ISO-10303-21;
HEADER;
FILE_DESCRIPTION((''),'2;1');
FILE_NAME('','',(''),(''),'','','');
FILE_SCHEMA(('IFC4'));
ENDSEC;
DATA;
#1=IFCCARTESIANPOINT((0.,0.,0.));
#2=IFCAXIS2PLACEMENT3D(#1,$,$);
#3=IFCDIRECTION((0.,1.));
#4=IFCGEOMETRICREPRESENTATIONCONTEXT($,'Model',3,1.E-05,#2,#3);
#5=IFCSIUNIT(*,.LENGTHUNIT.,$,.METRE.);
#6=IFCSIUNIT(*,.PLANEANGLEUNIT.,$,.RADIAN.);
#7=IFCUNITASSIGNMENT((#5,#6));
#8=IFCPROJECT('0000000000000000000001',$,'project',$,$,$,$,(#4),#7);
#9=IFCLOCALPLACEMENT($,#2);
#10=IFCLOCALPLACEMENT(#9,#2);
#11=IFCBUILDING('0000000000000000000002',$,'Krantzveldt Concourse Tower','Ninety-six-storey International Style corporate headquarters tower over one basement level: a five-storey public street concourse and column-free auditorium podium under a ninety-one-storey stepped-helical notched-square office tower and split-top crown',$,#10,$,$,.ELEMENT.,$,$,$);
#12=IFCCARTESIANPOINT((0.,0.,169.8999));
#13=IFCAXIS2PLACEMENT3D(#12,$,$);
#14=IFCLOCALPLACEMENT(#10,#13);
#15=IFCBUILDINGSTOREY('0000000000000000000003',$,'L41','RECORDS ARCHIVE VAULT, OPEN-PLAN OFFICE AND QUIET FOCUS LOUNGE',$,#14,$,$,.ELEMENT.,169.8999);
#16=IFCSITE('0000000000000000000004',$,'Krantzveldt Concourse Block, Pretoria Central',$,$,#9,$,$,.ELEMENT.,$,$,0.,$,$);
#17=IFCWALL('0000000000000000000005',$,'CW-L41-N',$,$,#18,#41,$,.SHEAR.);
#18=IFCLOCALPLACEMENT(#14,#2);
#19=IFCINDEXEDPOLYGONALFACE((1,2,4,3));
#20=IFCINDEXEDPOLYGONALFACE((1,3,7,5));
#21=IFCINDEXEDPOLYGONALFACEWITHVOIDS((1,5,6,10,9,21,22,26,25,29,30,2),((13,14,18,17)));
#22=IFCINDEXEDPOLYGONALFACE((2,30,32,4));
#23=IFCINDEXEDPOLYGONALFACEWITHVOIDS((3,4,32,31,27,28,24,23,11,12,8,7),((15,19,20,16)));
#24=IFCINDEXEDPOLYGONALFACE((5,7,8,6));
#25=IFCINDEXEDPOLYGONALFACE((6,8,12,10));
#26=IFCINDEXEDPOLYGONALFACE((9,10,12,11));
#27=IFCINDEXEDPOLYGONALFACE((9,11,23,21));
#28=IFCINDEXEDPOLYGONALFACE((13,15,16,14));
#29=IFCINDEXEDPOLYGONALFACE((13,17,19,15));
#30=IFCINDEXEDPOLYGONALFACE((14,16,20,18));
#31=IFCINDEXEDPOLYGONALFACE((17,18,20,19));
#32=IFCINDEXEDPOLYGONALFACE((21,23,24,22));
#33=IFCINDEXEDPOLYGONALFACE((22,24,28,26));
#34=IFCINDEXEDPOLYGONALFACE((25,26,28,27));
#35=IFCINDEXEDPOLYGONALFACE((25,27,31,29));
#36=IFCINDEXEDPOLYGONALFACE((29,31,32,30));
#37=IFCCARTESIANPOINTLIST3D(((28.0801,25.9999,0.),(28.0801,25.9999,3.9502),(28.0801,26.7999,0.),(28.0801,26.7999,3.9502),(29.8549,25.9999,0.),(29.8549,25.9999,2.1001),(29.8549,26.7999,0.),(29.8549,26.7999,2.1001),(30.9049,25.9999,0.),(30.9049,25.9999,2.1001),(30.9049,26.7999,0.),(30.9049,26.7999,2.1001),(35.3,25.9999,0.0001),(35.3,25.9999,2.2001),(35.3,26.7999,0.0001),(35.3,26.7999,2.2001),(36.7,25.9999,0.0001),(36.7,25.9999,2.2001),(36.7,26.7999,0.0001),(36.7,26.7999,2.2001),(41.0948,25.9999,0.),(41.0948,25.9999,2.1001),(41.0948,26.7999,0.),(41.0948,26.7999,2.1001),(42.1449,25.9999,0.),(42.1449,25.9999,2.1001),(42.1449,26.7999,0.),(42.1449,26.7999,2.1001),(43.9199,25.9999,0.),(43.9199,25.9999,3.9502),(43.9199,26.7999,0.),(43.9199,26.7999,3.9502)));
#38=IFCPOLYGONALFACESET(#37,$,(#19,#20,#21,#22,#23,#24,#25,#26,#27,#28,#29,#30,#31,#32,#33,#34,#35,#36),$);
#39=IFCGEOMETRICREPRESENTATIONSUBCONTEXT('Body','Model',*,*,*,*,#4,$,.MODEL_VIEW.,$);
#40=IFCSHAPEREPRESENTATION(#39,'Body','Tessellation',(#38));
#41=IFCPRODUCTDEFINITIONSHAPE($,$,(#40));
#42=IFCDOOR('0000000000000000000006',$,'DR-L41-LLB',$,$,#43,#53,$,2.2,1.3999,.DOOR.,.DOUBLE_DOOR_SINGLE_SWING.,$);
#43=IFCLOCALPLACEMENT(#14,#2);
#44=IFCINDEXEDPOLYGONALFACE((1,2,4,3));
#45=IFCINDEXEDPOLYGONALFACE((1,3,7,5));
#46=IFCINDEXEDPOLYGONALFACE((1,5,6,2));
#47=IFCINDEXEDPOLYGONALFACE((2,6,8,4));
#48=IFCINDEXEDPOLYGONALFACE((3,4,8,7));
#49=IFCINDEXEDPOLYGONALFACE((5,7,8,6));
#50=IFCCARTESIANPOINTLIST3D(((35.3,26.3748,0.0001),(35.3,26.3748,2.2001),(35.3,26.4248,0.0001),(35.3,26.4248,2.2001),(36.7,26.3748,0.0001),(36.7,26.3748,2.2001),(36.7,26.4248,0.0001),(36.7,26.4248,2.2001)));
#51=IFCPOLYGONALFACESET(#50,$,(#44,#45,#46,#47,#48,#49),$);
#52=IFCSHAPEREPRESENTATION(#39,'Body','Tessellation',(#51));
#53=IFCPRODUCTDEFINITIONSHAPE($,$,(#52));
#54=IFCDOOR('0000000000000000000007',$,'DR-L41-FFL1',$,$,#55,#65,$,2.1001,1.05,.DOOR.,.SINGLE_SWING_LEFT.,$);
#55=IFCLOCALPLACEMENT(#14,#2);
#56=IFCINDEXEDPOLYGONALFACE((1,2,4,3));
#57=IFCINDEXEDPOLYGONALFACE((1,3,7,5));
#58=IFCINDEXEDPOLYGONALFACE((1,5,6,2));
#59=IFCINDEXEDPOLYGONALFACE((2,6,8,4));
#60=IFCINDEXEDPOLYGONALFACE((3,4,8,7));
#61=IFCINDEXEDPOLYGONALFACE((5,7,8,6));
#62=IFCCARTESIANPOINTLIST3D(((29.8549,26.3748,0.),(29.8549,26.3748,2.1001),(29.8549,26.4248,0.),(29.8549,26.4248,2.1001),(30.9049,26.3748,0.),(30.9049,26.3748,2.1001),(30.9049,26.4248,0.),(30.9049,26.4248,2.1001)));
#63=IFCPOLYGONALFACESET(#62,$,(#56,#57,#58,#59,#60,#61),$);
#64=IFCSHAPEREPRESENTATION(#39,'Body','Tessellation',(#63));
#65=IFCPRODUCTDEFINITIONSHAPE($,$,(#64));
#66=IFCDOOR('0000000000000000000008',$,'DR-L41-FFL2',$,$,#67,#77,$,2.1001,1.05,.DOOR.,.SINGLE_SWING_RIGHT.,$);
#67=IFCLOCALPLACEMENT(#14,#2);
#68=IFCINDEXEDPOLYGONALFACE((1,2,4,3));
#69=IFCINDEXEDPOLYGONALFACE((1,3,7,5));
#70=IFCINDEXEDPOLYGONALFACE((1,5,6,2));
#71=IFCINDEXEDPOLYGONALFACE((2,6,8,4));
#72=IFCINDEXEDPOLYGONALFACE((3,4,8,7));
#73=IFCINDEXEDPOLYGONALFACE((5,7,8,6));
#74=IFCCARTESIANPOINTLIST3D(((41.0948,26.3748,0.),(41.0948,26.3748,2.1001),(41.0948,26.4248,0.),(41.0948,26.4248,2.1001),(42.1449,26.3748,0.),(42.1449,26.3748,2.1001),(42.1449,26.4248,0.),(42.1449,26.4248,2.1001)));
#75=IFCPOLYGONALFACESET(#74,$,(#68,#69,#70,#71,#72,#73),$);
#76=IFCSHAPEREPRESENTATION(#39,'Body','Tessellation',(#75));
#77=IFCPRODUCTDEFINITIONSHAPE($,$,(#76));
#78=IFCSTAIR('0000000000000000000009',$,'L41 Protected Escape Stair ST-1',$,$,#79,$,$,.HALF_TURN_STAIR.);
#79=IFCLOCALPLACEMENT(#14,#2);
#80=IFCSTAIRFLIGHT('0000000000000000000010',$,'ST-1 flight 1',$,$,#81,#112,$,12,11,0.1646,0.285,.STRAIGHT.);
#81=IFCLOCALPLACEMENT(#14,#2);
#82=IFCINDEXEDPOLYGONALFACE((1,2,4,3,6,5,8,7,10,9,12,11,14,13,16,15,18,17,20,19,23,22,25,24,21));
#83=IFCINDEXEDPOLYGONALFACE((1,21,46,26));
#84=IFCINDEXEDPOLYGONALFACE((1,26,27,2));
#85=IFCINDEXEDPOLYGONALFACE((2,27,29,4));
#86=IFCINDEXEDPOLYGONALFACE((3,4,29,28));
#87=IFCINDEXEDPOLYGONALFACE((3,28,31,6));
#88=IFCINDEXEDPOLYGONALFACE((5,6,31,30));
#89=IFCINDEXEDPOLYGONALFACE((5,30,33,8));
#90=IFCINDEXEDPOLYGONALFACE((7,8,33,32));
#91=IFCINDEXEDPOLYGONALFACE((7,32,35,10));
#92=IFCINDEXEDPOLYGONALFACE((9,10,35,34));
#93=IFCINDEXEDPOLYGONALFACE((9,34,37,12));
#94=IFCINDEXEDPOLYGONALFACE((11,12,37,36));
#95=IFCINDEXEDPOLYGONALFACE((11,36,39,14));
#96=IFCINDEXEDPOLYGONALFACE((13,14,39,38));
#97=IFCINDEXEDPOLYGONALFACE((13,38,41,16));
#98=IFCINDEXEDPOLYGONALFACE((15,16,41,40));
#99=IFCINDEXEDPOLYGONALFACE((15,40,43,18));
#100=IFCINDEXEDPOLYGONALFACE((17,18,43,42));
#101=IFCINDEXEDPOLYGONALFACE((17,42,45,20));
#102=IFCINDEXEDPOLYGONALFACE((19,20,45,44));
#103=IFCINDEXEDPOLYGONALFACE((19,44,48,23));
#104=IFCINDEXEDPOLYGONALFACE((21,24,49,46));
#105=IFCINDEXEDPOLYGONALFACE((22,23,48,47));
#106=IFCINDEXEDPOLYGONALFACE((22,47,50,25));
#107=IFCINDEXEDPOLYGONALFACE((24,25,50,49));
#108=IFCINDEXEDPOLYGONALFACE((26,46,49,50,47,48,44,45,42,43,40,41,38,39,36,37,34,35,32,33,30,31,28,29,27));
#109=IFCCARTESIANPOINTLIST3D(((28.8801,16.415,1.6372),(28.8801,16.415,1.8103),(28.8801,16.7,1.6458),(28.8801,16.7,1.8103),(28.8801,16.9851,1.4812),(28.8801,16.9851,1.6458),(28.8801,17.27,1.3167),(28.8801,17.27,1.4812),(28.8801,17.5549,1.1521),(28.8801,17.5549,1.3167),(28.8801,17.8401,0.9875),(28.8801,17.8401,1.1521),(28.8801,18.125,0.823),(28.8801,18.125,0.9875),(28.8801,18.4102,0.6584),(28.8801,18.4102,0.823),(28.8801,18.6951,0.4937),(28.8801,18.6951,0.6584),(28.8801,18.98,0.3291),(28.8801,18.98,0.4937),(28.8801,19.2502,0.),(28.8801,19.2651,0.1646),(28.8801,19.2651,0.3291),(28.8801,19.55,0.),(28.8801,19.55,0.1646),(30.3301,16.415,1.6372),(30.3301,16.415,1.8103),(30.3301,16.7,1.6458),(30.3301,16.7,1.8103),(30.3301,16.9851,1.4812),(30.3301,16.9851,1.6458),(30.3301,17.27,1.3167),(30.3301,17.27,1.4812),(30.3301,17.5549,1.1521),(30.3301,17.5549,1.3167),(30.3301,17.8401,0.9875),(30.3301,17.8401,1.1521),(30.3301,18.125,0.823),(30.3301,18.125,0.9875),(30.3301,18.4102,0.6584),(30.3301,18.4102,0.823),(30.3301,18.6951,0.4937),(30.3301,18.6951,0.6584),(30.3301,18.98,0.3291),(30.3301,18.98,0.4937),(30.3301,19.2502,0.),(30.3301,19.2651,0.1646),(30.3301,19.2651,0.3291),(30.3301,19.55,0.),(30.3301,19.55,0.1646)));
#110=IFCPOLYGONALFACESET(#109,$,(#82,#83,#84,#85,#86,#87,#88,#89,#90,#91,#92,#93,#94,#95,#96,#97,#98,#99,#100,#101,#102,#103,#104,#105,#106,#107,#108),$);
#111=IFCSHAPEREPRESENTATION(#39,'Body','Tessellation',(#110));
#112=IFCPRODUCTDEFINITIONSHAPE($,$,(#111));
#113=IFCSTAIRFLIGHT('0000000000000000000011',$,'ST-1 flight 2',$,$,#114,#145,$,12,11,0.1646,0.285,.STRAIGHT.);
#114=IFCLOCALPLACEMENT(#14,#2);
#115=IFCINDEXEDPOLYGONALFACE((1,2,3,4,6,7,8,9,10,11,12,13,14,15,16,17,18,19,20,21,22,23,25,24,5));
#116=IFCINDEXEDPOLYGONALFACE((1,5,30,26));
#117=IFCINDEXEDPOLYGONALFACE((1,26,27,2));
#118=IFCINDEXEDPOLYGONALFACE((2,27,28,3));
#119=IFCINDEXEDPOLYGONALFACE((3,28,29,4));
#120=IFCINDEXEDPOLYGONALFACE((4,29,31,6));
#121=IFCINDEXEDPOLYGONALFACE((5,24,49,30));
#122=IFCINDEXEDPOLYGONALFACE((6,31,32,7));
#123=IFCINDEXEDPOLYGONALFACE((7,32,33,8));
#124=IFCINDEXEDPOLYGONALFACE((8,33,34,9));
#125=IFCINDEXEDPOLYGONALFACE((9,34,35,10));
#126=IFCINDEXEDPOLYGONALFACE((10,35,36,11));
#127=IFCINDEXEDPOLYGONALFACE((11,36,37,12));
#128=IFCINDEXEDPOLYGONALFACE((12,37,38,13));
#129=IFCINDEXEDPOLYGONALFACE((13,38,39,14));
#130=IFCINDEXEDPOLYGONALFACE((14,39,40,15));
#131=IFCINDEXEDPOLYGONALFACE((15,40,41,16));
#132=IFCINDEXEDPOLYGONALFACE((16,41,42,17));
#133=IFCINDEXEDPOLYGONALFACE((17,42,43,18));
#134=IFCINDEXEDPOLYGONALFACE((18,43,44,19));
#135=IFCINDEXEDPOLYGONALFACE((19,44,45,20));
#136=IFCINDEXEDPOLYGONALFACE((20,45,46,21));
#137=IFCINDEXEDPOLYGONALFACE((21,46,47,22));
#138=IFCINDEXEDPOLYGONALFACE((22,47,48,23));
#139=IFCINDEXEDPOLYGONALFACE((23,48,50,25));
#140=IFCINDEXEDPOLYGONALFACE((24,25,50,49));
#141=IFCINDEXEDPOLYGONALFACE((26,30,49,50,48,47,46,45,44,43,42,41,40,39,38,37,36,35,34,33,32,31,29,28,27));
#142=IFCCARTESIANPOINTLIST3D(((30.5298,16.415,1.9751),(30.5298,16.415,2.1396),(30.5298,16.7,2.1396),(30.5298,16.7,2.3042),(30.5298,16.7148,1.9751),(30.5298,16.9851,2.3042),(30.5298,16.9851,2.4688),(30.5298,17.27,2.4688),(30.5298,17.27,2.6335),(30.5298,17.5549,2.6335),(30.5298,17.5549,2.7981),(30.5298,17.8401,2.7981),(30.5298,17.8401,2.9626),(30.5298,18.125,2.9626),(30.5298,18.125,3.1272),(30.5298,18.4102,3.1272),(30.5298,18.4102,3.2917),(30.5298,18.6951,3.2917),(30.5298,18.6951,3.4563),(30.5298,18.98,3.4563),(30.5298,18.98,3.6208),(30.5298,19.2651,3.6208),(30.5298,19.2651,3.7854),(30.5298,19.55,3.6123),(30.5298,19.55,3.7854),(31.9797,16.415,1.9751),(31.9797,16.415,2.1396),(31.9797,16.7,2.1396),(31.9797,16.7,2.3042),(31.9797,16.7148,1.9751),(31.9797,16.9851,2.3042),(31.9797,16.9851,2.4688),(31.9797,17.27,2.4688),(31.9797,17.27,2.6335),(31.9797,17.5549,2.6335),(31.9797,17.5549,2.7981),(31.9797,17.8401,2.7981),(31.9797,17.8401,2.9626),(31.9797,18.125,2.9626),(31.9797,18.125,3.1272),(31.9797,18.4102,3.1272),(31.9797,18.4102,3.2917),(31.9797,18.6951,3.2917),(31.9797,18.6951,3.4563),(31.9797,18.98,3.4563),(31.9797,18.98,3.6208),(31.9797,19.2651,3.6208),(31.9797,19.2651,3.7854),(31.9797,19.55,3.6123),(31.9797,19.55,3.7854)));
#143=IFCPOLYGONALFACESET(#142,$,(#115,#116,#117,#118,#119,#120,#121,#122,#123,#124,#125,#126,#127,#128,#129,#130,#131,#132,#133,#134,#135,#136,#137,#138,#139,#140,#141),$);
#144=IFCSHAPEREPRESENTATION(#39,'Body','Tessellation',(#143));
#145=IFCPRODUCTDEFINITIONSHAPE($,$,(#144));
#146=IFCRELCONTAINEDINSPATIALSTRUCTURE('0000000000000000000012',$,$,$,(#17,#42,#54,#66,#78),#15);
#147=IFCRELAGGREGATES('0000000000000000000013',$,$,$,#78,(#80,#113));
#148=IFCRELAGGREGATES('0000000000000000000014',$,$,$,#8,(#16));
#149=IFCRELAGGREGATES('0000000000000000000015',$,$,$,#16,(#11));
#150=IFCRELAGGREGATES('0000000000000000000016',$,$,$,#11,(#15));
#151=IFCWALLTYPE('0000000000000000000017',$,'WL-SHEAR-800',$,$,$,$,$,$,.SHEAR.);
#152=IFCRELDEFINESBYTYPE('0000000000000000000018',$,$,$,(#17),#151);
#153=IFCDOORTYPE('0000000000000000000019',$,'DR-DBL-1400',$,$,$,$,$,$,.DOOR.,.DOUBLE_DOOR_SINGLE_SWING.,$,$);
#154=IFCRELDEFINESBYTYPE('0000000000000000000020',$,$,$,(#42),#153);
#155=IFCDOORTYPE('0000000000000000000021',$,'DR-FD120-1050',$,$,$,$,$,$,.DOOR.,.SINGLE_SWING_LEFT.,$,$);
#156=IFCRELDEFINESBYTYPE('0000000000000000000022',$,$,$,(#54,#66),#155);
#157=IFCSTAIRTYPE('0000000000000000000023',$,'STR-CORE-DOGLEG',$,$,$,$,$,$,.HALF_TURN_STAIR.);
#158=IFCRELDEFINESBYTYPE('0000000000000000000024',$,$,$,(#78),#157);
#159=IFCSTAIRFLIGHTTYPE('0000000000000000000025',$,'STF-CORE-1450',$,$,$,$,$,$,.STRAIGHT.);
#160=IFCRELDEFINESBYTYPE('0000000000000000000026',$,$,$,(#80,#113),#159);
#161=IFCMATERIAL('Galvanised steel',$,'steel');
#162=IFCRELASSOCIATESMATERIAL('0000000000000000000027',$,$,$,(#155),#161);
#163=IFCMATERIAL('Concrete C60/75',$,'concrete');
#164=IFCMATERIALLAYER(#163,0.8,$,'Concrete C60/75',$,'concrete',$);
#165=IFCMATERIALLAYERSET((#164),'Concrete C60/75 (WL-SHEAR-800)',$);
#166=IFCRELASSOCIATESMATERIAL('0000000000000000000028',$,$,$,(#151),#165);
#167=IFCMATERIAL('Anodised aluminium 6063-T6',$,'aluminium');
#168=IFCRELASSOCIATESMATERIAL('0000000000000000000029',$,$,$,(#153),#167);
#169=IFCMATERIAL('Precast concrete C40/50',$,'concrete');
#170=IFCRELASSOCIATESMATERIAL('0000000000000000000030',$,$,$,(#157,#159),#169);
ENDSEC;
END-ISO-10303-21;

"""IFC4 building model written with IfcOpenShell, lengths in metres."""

from ifc_helpers import new_model, si_unit, direction, frame, frame_2d, origin, place, context, subcontext, project, spatial, polyline, rectangle, outline, extrude, material, layer, layer_set, type_object, element, fill, aggregate, save


model = new_model("IFC4")

# Units and contexts
model_context = context("Model", 3, precision=1e-05, world=origin(), true_north=direction((0.0, 1.0)))
body_context = subcontext(model_context, "Body", "Model", "MODEL_VIEW")
ifc_project = project(units=[si_unit("LENGTHUNIT", "METRE"), si_unit("PLANEANGLEUNIT", "RADIAN")], contexts=[model_context])

# Site, building, storey
site_placement = place(None, origin())
site = spatial("IfcSite", under=ifc_project, at=site_placement, Name="Krantzveldt Concourse Block, Pretoria Central", CompositionType="ELEMENT", RefElevation=0.0)
building_placement = place(site_placement, origin())
building = spatial("IfcBuilding", under=site, at=building_placement, Name="Krantzveldt Concourse Tower", Description="Ninety-six-storey International Style corporate headquarters tower over one basement level: a five-storey public street concourse and column-free auditorium podium under a ninety-one-storey stepped-helical notched-square office tower and split-top crown", CompositionType="ELEMENT")
storey_placement = place(building_placement, frame((0.0, 0.0, 169.8999)))
storey = spatial("IfcBuildingStorey", under=building, at=storey_placement, Name="L41", Description="RECORDS ARCHIVE VAULT, OPEN-PLAN OFFICE AND QUIET FOCUS LOUNGE", CompositionType="ELEMENT", Elevation=169.8999)

# Shared definitions
ifc_material_1 = material(Name="Galvanised steel", Category="steel")
door_type_1 = type_object("IfcDoorType", Name="DR-FD120-1050", OperationType="SINGLE_SWING_LEFT", PredefinedType="DOOR", material=ifc_material_1)

# Wall, openings, doors
ifc_material_2 = material(Name="Concrete C60/75", Category="concrete")
ifc_layer_1 = layer(ifc_material_2, 0.8, Name="Concrete C60/75", Category="concrete")
ifc_layer_set_1 = layer_set([ifc_layer_1], Name="Concrete C60/75 (WL-SHEAR-800)")
wall_type_1 = type_object("IfcWallType", Name="WL-SHEAR-800", PredefinedType="SHEAR", material=ifc_layer_set_1)
wall_1_placement = place(storey_placement, frame((28.0801, 26.3999, 0.0), z_axis=(0.0, 0.0, 1.0), x_axis=(1.0, 0.0, 0.0)))
wall_1 = element("IfcWall", 1, at=wall_1_placement, inside=storey, type_object=wall_type_1, Name="CW-L41-N", PredefinedType="SHEAR", context=body_context, shape_type="SweptSolid", body=[
    extrude(rectangle(XDim=15.8398, YDim=0.8, at=frame_2d((7.9199, 0.0))), origin(), (0.0, 0.0, 1.0), 3.9502),
])
opening_1_placement = place(wall_1_placement, frame((7.22, 0.0, 0.0)))
opening_1 = element("IfcOpeningElement", 2, at=opening_1_placement, cuts=wall_1, PredefinedType="OPENING", context=body_context, shape_type="SweptSolid", body=[
    extrude(rectangle(XDim=1.3999, YDim=2.2, at=frame_2d((0.7, 1.1001))), frame((0.0, 0.4102, 0.0), z_axis=(0.0, -1.0, 0.0), x_axis=(1.0, 0.0, 0.0)), (0.0, 0.0, 1.0), 0.8201),
])
opening_2_placement = place(wall_1_placement, frame((1.7749, 0.0, 0.0)))
opening_2 = element("IfcOpeningElement", 3, at=opening_2_placement, cuts=wall_1, PredefinedType="OPENING", context=body_context, shape_type="SweptSolid", body=[
    extrude(rectangle(XDim=1.05, YDim=2.1001, at=frame_2d((0.5249, 1.05))), frame((0.0, 0.4102, 0.0), z_axis=(0.0, -1.0, 0.0), x_axis=(1.0, 0.0, 0.0)), (0.0, 0.0, 1.0), 0.8201),
])
opening_3_placement = place(wall_1_placement, frame((13.0149, 0.0, 0.0)))
opening_3 = element("IfcOpeningElement", 4, at=opening_3_placement, cuts=wall_1, PredefinedType="OPENING", context=body_context, shape_type="SweptSolid", body=[
    extrude(rectangle(XDim=1.05, YDim=2.1001, at=frame_2d((0.5249, 1.05))), frame((0.0, 0.4102, 0.0), z_axis=(0.0, -1.0, 0.0), x_axis=(1.0, 0.0, 0.0)), (0.0, 0.0, 1.0), 0.8201),
])
ifc_material_3 = material(Name="Anodised aluminium 6063-T6", Category="aluminium")
door_type_2 = type_object("IfcDoorType", Name="DR-DBL-1400", OperationType="DOUBLE_DOOR_SINGLE_SWING", PredefinedType="DOOR", material=ifc_material_3)
door_1_placement = place(opening_1_placement, origin())
door_1 = element("IfcDoor", 5, at=door_1_placement, inside=storey, type_object=door_type_2, Name="DR-L41-LLB", OperationType="DOUBLE_DOOR_SINGLE_SWING", OverallHeight=2.2, OverallWidth=1.3999, PredefinedType="DOOR", context=body_context, shape_type="SweptSolid", body=[
    extrude(rectangle(XDim=1.3999, YDim=2.2, at=frame_2d((0.7, 1.1001))), frame((0.0, 0.0249, 0.0), z_axis=(0.0, -1.0, 0.0), x_axis=(1.0, 0.0, 0.0)), (0.0, 0.0, 1.0), 0.05),
])
fill(opening_1, door_1)
door_2_placement = place(opening_2_placement, origin())
door_2 = element("IfcDoor", 6, at=door_2_placement, inside=storey, type_object=door_type_1, Name="DR-L41-FFL1", OperationType="SINGLE_SWING_LEFT", OverallHeight=2.1001, OverallWidth=1.05, PredefinedType="DOOR", context=body_context, shape_type="SweptSolid", body=[
    extrude(rectangle(XDim=1.05, YDim=2.1001, at=frame_2d((0.5249, 1.05))), frame((0.0, 0.0249, 0.0), z_axis=(0.0, -1.0, 0.0), x_axis=(1.0, 0.0, 0.0)), (0.0, 0.0, 1.0), 0.05),
])
fill(opening_2, door_2)
door_3_placement = place(opening_3_placement, origin())
door_3 = element("IfcDoor", 7, at=door_3_placement, inside=storey, type_object=door_type_1, Name="DR-L41-FFL2", OperationType="SINGLE_SWING_RIGHT", OverallHeight=2.1001, OverallWidth=1.05, PredefinedType="DOOR", context=body_context, shape_type="SweptSolid", body=[
    extrude(rectangle(XDim=1.05, YDim=2.1001, at=frame_2d((0.5249, 1.05))), frame((0.0, 0.0249, 0.0), z_axis=(0.0, -1.0, 0.0), x_axis=(1.0, 0.0, 0.0)), (0.0, 0.0, 1.0), 0.05),
])
fill(opening_3, door_3)

# Stair, stair flights
ifc_material_4 = material(Name="Precast concrete C40/50", Category="concrete")
stair_type = type_object("IfcStairType", Name="STR-CORE-DOGLEG", PredefinedType="HALF_TURN_STAIR", material=ifc_material_4)
stair_placement = place(storey_placement, origin())
stair = element("IfcStair", 8, at=stair_placement, inside=storey, type_object=stair_type, Name="L41 Protected Escape Stair ST-1", PredefinedType="HALF_TURN_STAIR")
stair_flight_type = type_object("IfcStairFlightType", Name="STF-CORE-1450", PredefinedType="STRAIGHT", material=ifc_material_4)
stair_flight_1_placement = place(storey_placement, frame((29.605, 19.55, 0.0), z_axis=(0.0, 0.0, 1.0), x_axis=(0.0, -1.0, 0.0)))
stair_flight_1 = element("IfcStairFlight", 9, at=stair_flight_1_placement, type_object=stair_flight_type, Name="ST-1 flight 1", NumberOfRisers=12, NumberOfTreads=11, PredefinedType="STRAIGHT", RiserHeight=0.1646, TreadLength=0.285, context=body_context, shape_type="SweptSolid", body=[
    extrude(outline(polyline([(0.0, 0.0), (0.0, 0.1646), (0.2849, 0.1646), (0.2849, 0.3291), (0.5701, 0.3291), (0.5701, 0.4937), (0.855, 0.4937), (0.855, 0.6584), (1.1399, 0.6584), (1.1399, 0.823), (1.425, 0.823), (1.425, 0.9875), (1.71, 0.9875), (1.71, 1.1521), (1.9951, 1.1521), (1.9951, 1.3167), (2.28, 1.3167), (2.28, 1.4812), (2.5649, 1.4812), (2.5649, 1.6458), (2.8501, 1.6458), (2.8501, 1.8103), (3.135, 1.8103), (3.135, 1.9751), (3.135, 1.6372), (0.2998, 0.0), (0.0, 0.0)])), frame((0.0, 0.7251, 0.0), z_axis=(0.0, -1.0, 0.0), x_axis=(1.0, 0.0, 0.0)), (0.0, 0.0, 1.0), 1.45),
])
stair_flight_2_placement = place(storey_placement, frame((31.2549, 16.415, 1.9751), z_axis=(0.0, 0.0, 1.0), x_axis=(0.0, 1.0, 0.0)))
stair_flight_2 = element("IfcStairFlight", 10, at=stair_flight_2_placement, type_object=stair_flight_type, Name="ST-1 flight 2", NumberOfRisers=12, NumberOfTreads=11, PredefinedType="STRAIGHT", RiserHeight=0.1646, TreadLength=0.285, context=body_context, shape_type="SweptSolid", body=[
    extrude(outline(polyline([(0.0, 0.0), (0.0, 0.1646), (0.2849, 0.1646), (0.2849, 0.3291), (0.5701, 0.3291), (0.5701, 0.4937), (0.855, 0.4937), (0.855, 0.6584), (1.1399, 0.6584), (1.1399, 0.823), (1.425, 0.823), (1.425, 0.9875), (1.71, 0.9875), (1.71, 1.1521), (1.9951, 1.1521), (1.9951, 1.3167), (2.28, 1.3167), (2.28, 1.4812), (2.5649, 1.4812), (2.5649, 1.6458), (2.8501, 1.6458), (2.8501, 1.8103), (3.135, 1.8103), (3.135, 1.9751), (3.135, 1.6372), (0.2998, 0.0), (0.0, 0.0)])), frame((0.0, 0.7251, 0.0), z_axis=(0.0, -1.0, 0.0), x_axis=(1.0, 0.0, 0.0)), (0.0, 0.0, 1.0), 1.45),
])
aggregate(stair, [stair_flight_1, stair_flight_2])

save(model, "model.ifc")
